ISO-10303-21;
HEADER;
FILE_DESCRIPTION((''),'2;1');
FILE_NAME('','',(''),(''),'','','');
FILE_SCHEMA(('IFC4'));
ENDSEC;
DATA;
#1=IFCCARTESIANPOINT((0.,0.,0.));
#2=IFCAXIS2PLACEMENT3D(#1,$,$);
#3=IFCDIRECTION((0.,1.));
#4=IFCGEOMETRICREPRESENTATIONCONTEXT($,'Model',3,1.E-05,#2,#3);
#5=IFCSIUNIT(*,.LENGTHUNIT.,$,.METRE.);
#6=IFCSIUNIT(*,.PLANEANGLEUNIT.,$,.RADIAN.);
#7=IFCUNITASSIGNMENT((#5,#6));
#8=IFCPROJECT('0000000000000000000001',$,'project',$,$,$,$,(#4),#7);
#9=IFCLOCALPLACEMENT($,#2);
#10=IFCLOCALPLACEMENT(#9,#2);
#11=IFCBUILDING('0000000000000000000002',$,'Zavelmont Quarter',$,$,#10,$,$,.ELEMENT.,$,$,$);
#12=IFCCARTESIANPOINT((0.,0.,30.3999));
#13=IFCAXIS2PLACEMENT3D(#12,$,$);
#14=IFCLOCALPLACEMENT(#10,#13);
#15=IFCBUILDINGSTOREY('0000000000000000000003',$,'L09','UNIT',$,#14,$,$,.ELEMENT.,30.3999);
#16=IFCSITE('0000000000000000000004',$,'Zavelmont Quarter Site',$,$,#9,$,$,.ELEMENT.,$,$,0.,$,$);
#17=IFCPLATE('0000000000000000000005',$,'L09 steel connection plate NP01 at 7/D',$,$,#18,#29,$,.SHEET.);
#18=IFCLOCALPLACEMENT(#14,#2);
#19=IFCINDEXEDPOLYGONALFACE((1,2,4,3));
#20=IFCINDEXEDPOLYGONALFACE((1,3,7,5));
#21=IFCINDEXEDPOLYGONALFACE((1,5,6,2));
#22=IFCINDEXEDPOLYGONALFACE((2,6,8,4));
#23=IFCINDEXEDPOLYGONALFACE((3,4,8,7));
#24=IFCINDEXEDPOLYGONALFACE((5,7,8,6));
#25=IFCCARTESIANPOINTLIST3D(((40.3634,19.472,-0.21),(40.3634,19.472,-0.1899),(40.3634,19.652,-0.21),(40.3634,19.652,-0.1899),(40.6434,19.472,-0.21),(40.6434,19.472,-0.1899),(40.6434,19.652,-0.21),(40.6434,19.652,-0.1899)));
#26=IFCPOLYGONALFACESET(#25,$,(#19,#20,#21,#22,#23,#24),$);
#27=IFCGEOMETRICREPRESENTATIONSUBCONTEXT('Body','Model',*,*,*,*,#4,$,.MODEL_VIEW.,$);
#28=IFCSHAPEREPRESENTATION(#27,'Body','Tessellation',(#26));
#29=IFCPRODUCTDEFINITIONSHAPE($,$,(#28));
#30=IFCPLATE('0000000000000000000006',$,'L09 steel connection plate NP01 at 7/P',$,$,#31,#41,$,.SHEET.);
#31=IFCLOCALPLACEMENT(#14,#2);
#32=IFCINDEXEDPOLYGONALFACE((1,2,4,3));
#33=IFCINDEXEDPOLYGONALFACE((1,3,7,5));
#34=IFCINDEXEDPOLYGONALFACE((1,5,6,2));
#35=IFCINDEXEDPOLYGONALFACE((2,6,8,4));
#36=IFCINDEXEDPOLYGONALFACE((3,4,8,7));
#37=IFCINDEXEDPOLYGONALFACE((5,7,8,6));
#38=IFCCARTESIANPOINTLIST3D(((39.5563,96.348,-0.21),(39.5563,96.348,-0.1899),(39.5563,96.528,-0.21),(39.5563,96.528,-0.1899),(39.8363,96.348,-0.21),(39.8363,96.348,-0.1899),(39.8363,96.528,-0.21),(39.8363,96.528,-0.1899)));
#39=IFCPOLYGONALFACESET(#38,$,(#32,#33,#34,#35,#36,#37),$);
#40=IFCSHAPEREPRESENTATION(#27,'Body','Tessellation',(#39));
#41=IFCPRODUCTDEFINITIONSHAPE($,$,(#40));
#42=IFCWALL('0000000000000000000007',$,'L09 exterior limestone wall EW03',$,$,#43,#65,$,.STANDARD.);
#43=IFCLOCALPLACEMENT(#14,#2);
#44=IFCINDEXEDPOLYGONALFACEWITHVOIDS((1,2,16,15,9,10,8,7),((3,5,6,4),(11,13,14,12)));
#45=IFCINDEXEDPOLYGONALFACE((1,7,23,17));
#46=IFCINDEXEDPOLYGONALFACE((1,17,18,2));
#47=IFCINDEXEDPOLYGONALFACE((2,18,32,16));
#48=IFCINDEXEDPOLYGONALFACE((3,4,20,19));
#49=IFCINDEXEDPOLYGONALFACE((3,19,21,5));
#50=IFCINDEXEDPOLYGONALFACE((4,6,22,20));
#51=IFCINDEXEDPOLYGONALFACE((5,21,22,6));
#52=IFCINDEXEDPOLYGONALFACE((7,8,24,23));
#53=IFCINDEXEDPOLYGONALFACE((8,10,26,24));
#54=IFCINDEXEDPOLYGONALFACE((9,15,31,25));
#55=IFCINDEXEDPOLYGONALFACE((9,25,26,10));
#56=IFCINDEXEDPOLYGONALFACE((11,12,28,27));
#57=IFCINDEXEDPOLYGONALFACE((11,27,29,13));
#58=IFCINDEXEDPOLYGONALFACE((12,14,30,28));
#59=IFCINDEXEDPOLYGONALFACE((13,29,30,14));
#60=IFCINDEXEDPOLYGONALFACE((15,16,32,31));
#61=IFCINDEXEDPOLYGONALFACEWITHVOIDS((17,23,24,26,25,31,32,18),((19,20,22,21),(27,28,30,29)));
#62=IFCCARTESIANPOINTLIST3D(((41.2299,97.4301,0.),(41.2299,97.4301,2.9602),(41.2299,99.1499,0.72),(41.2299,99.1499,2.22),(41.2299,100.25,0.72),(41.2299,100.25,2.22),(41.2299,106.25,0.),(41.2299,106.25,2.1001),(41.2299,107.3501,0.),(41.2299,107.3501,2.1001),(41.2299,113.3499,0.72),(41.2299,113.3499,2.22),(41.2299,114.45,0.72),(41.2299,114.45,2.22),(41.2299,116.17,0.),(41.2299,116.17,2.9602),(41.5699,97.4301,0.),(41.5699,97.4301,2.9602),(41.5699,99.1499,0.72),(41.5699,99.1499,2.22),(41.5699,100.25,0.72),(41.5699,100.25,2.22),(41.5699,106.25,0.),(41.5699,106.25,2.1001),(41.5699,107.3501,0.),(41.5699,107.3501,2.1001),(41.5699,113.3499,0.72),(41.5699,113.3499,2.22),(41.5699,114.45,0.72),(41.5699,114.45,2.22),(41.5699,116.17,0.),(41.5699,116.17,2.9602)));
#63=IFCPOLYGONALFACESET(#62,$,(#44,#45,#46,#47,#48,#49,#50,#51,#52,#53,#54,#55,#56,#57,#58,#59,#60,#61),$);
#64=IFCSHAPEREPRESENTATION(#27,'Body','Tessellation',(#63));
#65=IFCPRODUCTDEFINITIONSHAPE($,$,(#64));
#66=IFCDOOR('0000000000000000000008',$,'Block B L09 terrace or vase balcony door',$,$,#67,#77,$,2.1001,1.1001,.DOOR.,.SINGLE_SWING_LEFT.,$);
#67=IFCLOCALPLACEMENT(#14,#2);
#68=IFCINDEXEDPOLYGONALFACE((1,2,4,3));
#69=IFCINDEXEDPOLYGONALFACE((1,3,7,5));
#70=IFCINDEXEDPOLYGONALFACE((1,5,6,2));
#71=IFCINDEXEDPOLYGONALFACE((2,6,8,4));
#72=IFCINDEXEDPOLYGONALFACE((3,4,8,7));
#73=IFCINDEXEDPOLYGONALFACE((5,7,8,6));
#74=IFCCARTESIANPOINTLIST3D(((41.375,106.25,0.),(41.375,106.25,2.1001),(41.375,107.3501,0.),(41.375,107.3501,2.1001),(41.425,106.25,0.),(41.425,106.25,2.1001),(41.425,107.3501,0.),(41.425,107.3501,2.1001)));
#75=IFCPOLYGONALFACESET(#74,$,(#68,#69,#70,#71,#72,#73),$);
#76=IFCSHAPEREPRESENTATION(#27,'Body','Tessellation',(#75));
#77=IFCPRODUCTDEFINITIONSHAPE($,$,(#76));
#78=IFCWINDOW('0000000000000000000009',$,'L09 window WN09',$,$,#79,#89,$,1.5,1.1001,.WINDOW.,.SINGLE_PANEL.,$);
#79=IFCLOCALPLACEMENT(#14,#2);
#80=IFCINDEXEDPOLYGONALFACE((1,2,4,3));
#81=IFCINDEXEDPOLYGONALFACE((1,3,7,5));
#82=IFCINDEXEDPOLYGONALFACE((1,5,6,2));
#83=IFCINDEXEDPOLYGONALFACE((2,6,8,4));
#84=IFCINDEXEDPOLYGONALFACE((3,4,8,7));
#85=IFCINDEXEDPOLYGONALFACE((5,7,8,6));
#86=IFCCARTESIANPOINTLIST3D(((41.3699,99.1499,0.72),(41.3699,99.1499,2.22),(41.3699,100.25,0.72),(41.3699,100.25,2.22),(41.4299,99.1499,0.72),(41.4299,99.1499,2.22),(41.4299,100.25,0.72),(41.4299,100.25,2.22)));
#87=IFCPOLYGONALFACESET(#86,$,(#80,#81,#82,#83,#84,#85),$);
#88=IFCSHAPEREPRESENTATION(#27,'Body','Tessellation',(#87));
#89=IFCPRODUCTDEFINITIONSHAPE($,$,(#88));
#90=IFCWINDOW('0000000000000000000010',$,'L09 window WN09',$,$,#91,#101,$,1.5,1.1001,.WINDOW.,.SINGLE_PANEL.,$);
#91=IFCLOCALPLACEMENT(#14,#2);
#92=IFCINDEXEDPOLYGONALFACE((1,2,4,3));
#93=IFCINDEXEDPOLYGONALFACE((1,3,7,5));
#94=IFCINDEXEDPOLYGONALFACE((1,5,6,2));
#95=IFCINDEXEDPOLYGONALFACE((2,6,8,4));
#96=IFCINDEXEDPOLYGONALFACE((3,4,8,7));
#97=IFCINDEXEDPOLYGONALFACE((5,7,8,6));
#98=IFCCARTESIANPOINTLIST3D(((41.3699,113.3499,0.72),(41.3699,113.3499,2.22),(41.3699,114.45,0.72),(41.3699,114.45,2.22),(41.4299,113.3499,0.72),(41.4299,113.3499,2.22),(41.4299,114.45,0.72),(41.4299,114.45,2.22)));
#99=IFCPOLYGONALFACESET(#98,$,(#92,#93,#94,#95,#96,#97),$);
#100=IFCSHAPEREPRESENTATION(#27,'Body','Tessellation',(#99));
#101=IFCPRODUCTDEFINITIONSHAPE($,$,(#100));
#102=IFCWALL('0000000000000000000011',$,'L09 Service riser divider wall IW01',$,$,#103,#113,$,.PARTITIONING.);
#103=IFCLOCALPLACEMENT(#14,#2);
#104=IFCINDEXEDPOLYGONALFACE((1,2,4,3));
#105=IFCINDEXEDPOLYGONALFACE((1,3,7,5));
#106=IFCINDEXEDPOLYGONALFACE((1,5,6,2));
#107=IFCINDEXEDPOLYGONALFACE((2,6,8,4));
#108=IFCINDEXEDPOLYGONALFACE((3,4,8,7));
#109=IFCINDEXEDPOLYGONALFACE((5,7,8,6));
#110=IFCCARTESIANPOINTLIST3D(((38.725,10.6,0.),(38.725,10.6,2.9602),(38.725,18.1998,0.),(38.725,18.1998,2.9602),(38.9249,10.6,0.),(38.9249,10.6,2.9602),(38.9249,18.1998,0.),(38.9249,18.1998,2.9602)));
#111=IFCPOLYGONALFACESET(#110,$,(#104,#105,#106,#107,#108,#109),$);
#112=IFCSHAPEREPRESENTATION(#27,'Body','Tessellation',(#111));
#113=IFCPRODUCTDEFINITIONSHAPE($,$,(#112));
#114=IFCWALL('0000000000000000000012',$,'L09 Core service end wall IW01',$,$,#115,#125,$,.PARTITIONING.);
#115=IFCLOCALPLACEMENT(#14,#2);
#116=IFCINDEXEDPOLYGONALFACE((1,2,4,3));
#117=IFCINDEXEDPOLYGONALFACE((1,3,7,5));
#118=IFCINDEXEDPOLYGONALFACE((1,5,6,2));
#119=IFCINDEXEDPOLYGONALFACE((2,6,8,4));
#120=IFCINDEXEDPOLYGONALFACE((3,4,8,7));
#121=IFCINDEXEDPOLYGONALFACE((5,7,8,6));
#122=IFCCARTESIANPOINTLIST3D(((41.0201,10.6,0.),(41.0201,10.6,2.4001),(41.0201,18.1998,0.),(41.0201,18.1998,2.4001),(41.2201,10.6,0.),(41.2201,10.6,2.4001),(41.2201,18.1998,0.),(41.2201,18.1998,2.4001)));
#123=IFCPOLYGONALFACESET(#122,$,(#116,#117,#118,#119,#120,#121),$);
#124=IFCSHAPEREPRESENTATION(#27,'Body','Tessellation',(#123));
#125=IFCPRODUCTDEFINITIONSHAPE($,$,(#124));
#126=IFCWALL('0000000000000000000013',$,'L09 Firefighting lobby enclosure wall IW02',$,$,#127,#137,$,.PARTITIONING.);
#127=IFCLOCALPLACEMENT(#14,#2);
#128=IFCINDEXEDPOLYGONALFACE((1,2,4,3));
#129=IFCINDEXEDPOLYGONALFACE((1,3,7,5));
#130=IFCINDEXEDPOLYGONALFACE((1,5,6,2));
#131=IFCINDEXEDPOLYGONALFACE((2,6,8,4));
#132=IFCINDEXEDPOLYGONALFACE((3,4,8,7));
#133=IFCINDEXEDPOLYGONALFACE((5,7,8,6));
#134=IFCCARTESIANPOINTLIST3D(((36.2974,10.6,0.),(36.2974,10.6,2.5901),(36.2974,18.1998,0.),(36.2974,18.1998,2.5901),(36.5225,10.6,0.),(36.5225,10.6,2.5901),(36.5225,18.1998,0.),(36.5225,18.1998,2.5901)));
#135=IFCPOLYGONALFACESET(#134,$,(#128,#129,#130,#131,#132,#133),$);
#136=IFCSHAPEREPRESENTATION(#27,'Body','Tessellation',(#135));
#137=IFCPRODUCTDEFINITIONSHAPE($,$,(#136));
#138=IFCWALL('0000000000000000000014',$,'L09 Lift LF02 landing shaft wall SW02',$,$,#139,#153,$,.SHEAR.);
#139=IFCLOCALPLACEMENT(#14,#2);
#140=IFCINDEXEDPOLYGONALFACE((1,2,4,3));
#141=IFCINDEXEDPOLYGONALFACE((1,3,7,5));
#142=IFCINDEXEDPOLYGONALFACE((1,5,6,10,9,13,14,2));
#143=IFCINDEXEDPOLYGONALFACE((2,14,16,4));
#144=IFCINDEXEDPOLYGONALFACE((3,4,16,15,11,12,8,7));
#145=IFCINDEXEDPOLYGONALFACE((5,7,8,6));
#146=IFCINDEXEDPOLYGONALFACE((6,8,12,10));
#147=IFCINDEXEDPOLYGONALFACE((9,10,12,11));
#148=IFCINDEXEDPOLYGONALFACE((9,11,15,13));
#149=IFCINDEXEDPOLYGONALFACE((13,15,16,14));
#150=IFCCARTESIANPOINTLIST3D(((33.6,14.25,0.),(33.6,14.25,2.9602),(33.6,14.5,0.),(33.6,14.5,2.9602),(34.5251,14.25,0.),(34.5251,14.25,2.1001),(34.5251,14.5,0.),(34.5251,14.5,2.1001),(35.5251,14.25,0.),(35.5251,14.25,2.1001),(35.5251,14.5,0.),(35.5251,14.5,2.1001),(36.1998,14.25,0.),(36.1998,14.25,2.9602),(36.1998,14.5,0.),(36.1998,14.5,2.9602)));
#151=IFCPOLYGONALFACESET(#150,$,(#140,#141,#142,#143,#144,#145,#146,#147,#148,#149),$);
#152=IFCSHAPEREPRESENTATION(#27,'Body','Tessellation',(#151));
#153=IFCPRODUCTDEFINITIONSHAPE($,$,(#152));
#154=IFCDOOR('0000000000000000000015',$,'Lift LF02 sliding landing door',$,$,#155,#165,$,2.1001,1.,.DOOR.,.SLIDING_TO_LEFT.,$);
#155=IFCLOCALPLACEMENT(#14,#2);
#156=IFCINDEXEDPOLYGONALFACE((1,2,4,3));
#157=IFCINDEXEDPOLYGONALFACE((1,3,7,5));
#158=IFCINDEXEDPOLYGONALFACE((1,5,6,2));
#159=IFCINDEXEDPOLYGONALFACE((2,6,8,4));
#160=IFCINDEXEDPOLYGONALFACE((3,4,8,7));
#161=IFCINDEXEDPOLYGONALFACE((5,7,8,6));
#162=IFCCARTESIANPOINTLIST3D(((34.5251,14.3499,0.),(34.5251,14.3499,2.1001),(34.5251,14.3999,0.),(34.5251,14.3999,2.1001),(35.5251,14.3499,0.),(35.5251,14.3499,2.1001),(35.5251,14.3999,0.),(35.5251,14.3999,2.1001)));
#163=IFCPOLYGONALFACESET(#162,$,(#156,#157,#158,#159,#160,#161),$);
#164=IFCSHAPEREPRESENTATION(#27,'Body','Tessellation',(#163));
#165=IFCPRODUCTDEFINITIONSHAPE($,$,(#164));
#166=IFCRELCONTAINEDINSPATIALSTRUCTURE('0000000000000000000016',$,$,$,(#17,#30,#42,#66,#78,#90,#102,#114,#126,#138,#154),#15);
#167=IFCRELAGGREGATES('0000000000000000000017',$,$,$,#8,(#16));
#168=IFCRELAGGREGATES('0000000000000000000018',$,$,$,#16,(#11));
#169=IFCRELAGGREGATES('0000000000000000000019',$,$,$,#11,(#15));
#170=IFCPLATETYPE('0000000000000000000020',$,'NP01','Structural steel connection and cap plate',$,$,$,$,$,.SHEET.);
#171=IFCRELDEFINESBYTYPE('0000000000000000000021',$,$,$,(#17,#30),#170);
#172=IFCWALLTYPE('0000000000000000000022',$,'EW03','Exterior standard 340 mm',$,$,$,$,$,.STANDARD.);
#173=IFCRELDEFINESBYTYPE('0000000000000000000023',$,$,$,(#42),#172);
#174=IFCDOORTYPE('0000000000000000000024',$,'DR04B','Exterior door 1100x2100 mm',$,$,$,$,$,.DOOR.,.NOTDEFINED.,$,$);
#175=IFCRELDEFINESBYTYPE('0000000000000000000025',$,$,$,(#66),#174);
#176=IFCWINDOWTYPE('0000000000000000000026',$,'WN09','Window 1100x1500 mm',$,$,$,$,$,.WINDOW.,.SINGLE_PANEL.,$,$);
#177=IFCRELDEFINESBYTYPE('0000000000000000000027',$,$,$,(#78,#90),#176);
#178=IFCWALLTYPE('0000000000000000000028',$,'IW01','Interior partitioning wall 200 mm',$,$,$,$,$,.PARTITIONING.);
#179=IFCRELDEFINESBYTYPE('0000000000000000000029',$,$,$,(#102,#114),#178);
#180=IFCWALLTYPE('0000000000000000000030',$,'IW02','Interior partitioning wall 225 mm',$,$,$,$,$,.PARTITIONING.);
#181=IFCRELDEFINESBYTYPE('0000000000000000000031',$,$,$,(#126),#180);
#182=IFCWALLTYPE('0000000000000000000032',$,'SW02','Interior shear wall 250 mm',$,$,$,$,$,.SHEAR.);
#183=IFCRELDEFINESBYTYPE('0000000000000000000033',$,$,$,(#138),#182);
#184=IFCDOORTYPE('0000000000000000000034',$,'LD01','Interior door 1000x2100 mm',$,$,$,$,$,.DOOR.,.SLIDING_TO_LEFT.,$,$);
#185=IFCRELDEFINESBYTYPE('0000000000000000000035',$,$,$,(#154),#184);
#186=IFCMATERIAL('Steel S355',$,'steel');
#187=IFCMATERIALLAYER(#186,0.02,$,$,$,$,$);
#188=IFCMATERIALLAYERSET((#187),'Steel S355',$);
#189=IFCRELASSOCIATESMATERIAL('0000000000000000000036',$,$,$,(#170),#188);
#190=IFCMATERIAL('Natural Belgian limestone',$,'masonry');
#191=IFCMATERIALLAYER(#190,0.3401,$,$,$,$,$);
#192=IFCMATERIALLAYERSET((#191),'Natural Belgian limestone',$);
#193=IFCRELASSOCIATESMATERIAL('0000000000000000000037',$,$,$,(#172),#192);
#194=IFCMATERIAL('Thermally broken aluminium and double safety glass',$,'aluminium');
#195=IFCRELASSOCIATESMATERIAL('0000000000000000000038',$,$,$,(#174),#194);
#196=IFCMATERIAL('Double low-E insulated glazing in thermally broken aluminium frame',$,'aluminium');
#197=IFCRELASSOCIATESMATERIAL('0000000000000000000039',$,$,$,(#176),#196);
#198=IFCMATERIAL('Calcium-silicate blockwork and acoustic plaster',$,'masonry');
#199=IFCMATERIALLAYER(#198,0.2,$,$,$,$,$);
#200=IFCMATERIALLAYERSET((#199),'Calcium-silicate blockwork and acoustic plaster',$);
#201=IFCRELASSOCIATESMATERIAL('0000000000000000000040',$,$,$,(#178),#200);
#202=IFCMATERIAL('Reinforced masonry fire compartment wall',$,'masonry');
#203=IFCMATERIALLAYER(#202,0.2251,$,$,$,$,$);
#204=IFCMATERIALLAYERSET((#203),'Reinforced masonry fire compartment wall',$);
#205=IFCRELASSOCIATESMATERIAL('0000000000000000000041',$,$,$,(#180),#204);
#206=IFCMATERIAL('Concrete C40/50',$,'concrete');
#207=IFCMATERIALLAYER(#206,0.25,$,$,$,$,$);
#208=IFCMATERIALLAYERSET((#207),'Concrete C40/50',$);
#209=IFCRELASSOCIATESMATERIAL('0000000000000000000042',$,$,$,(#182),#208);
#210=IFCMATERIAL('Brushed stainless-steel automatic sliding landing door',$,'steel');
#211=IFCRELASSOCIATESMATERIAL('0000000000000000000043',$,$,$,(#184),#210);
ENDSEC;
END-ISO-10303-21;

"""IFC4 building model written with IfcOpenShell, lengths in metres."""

from ifc_helpers import new_model, si_unit, direction, frame, frame_2d, origin, origin_with_axes, origin_2d, place, context, subcontext, project, spatial, rectangle, extrude, material, layer, layer_set, type_object, element, fill, save


model = new_model("IFC4")

# Units and contexts
model_context = context("Model", 3, precision=1e-05, world=origin(), true_north=direction((0.0, 1.0)))
body_context = subcontext(model_context, "Body", "Model", "MODEL_VIEW")
ifc_project = project(units=[si_unit("LENGTHUNIT", "METRE"), si_unit("PLANEANGLEUNIT", "RADIAN")], contexts=[model_context])

# Site, building, storey
site_placement = place(None, origin())
site = spatial("IfcSite", under=ifc_project, at=site_placement, Name="Zavelmont Quarter Site", CompositionType="ELEMENT", RefElevation=0.0)
building_placement = place(site_placement, origin())
building = spatial("IfcBuilding", under=site, at=building_placement, Name="Zavelmont Quarter", CompositionType="ELEMENT")
storey_placement = place(building_placement, frame((0.0, 0.0, 30.3999)))
storey = spatial("IfcBuildingStorey", under=building, at=storey_placement, Name="L09", Description="UNIT", CompositionType="ELEMENT", Elevation=30.3999)

# Shared definitions
ifc_material_1 = material(Name="Concrete C40/50", Category="concrete")

# Plates
ifc_material_2 = material(Name="Steel S355", Category="steel")
ifc_layer_1 = layer(ifc_material_2, 0.02)
ifc_layer_set_1 = layer_set([ifc_layer_1], Name="Steel S355")
plate_type = type_object("IfcPlateType", Name="NP01", Description="Structural steel connection and cap plate", PredefinedType="SHEET", material=ifc_layer_set_1)
for number, where, z_axis, x_axis, name in (
    (1, (40.5034, 19.562, -0.21), (0.0, 0.0, 1.0), (1.0, 0.0, 0.0), "L09 steel connection plate NP01 at 7/D"),
    (2, (39.6963, 96.438, -0.21), (0.0, 0.0, 1.0), (1.0, 0.0, 0.0), "L09 steel connection plate NP01 at 7/P"),
):
    element("IfcPlate", number, at=place(storey_placement, frame(where, z_axis=z_axis, x_axis=x_axis)), inside=storey, type_object=plate_type, Name=name, PredefinedType="SHEET", context=body_context, shape_type="SweptSolid", body=[
        extrude(rectangle(XDim=0.28, YDim=0.1799, at=origin_2d()), origin(), (0.0, 0.0, 1.0), 0.02),
    ])

# Wall, openings, door, windows
ifc_material_3 = material(Name="Natural Belgian limestone", Category="masonry")
ifc_layer_2 = layer(ifc_material_3, 0.3401)
ifc_layer_set_2 = layer_set([ifc_layer_2], Name="Natural Belgian limestone")
wall_type_1 = type_object("IfcWallType", Name="EW03", Description="Exterior standard 340 mm", PredefinedType="STANDARD", material=ifc_layer_set_2)
wall_1_placement = place(storey_placement, frame((41.3999, 97.4299, 0.0), z_axis=(0.0, 0.0, 1.0), x_axis=(0.0, 1.0, 0.0)))
wall_1 = element("IfcWall", 3, at=wall_1_placement, inside=storey, type_object=wall_type_1, Name="L09 exterior limestone wall EW03", PredefinedType="STANDARD", context=body_context, shape_type="SweptSolid", body=[
    extrude(rectangle(XDim=18.74, YDim=0.3401, at=frame_2d((9.3701, 0.0))), origin(), (0.0, 0.0, 1.0), 2.9602),
])
opening_1_placement = place(wall_1_placement, frame((8.8201, 0.0, 0.0)))
opening_1 = element("IfcOpeningElement", 4, at=opening_1_placement, cuts=wall_1, PredefinedType="OPENING", context=body_context, shape_type="SweptSolid", body=[
    extrude(rectangle(XDim=1.1001, YDim=2.1001, at=frame_2d((0.55, 1.05))), frame((0.0, 0.1821, 0.0), z_axis=(0.0, -1.0, 0.0), x_axis=(1.0, 0.0, 0.0)), (0.0, 0.0, 1.0), 0.364),
])
opening_2_placement = place(wall_1_placement, frame((1.72, 0.0, 0.72)))
opening_2 = element("IfcOpeningElement", 5, at=opening_2_placement, cuts=wall_1, PredefinedType="OPENING", context=body_context, shape_type="SweptSolid", body=[
    extrude(rectangle(XDim=1.1001, YDim=1.5, at=frame_2d((0.55, 0.75))), frame((0.0, 0.1821, 0.0), z_axis=(0.0, -1.0, 0.0), x_axis=(1.0, 0.0, 0.0)), (0.0, 0.0, 1.0), 0.364),
])
opening_3_placement = place(wall_1_placement, frame((15.9199, 0.0, 0.72)))
opening_3 = element("IfcOpeningElement", 6, at=opening_3_placement, cuts=wall_1, PredefinedType="OPENING", context=body_context, shape_type="SweptSolid", body=[
    extrude(rectangle(XDim=1.1001, YDim=1.5, at=frame_2d((0.55, 0.75))), frame((0.0, 0.1821, 0.0), z_axis=(0.0, -1.0, 0.0), x_axis=(1.0, 0.0, 0.0)), (0.0, 0.0, 1.0), 0.364),
])
ifc_material_4 = material(Name="Thermally broken aluminium and double safety glass", Category="aluminium")
door_type_1 = type_object("IfcDoorType", Name="DR04B", Description="Exterior door 1100x2100 mm", OperationType="NOTDEFINED", PredefinedType="DOOR", material=ifc_material_4)
door_1_placement = place(opening_1_placement, origin_with_axes())
door_1 = element("IfcDoor", 7, at=door_1_placement, inside=storey, type_object=door_type_1, Name="Block B L09 terrace or vase balcony door", OperationType="SINGLE_SWING_LEFT", OverallHeight=2.1001, OverallWidth=1.1001, PredefinedType="DOOR", context=body_context, shape_type="SweptSolid", body=[
    extrude(rectangle(XDim=1.1001, YDim=2.1001, at=frame_2d((0.55, 1.05))), frame((0.0, 0.0249, 0.0), z_axis=(0.0, -1.0, 0.0), x_axis=(1.0, 0.0, 0.0)), (0.0, 0.0, 1.0), 0.05),
])
fill(opening_1, door_1)
ifc_material_5 = material(Name="Double low-E insulated glazing in thermally broken aluminium frame", Category="aluminium")
window_type = type_object("IfcWindowType", Name="WN09", Description="Window 1100x1500 mm", PartitioningType="SINGLE_PANEL", PredefinedType="WINDOW", material=ifc_material_5)
window_1_placement = place(opening_2_placement, origin_with_axes())
window_1 = element("IfcWindow", 8, at=window_1_placement, inside=storey, type_object=window_type, Name="L09 window WN09", OverallHeight=1.5, OverallWidth=1.1001, PartitioningType="SINGLE_PANEL", PredefinedType="WINDOW", context=body_context, shape_type="SweptSolid", body=[
    extrude(rectangle(XDim=1.1001, YDim=1.5, at=frame_2d((0.55, 0.75))), frame((0.0, 0.03, 0.0), z_axis=(0.0, -1.0, 0.0), x_axis=(1.0, 0.0, 0.0)), (0.0, 0.0, 1.0), 0.0601),
])
fill(opening_2, window_1)
window_2_placement = place(opening_3_placement, origin_with_axes())
window_2 = element("IfcWindow", 9, at=window_2_placement, inside=storey, type_object=window_type, Name="L09 window WN09", OverallHeight=1.5, OverallWidth=1.1001, PartitioningType="SINGLE_PANEL", PredefinedType="WINDOW", context=body_context, shape_type="SweptSolid", body=[
    extrude(rectangle(XDim=1.1001, YDim=1.5, at=frame_2d((0.55, 0.75))), frame((0.0, 0.03, 0.0), z_axis=(0.0, -1.0, 0.0), x_axis=(1.0, 0.0, 0.0)), (0.0, 0.0, 1.0), 0.0601),
])
fill(opening_3, window_2)

# Walls
ifc_material_6 = material(Name="Calcium-silicate blockwork and acoustic plaster", Category="masonry")
ifc_layer_3 = layer(ifc_material_6, 0.2)
ifc_layer_set_3 = layer_set([ifc_layer_3], Name="Calcium-silicate blockwork and acoustic plaster")
wall_type_2 = type_object("IfcWallType", Name="IW01", Description="Interior partitioning wall 200 mm", PredefinedType="PARTITIONING", material=ifc_layer_set_3)
wall_2_placement = place(storey_placement, frame((38.825, 10.6001, 0.0), z_axis=(0.0, 0.0, 1.0), x_axis=(0.0, 1.0, 0.0)))
element("IfcWall", 10, at=wall_2_placement, inside=storey, type_object=wall_type_2, Name="L09 Service riser divider wall IW01", PredefinedType="PARTITIONING", context=body_context, shape_type="SweptSolid", body=[
    extrude(rectangle(XDim=7.5999, YDim=0.2, at=frame_2d((3.7998, 0.0))), origin(), (0.0, 0.0, 1.0), 2.9602),
])
wall_3_placement = place(storey_placement, frame((41.1201, 10.6001, 0.0), z_axis=(0.0, 0.0, 1.0), x_axis=(0.0, 1.0, 0.0)))
element("IfcWall", 11, at=wall_3_placement, inside=storey, type_object=wall_type_2, Name="L09 Core service end wall IW01", PredefinedType="PARTITIONING", context=body_context, shape_type="SweptSolid", body=[
    extrude(rectangle(XDim=7.5999, YDim=0.2, at=frame_2d((3.7998, 0.0))), origin(), (0.0, 0.0, 1.0), 2.4001),
])
ifc_material_7 = material(Name="Reinforced masonry fire compartment wall", Category="masonry")
ifc_layer_4 = layer(ifc_material_7, 0.2251)
ifc_layer_set_4 = layer_set([ifc_layer_4], Name="Reinforced masonry fire compartment wall")
wall_type_3 = type_object("IfcWallType", Name="IW02", Description="Interior partitioning wall 225 mm", PredefinedType="PARTITIONING", material=ifc_layer_set_4)
wall_4_placement = place(storey_placement, frame((36.4099, 10.6001, 0.0), z_axis=(0.0, 0.0, 1.0), x_axis=(0.0, 1.0, 0.0)))
element("IfcWall", 12, at=wall_4_placement, inside=storey, type_object=wall_type_3, Name="L09 Firefighting lobby enclosure wall IW02", PredefinedType="PARTITIONING", context=body_context, shape_type="SweptSolid", body=[
    extrude(rectangle(XDim=7.5999, YDim=0.2251, at=frame_2d((3.7998, 0.0))), origin(), (0.0, 0.0, 1.0), 2.5901),
])

# Wall, opening, door
ifc_layer_5 = layer(ifc_material_1, 0.25)
ifc_layer_set_5 = layer_set([ifc_layer_5], Name="Concrete C40/50")
wall_type_4 = type_object("IfcWallType", Name="SW02", Description="Interior shear wall 250 mm", PredefinedType="SHEAR", material=ifc_layer_set_5)
wall_5_placement = place(storey_placement, frame((33.6001, 14.375, 0.0), z_axis=(0.0, 0.0, 1.0), x_axis=(1.0, 0.0, 0.0)))
wall_5 = element("IfcWall", 13, at=wall_5_placement, inside=storey, type_object=wall_type_4, Name="L09 Lift LF02 landing shaft wall SW02", PredefinedType="SHEAR", context=body_context, shape_type="SweptSolid", body=[
    extrude(rectangle(XDim=2.5999, YDim=0.25, at=frame_2d((1.2998, 0.0))), origin(), (0.0, 0.0, 1.0), 2.9602),
])
opening_4_placement = place(wall_5_placement, frame((0.925, 0.0, 0.0)))
opening_4 = element("IfcOpeningElement", 14, at=opening_4_placement, cuts=wall_5, PredefinedType="OPENING", context=body_context, shape_type="SweptSolid", body=[
    extrude(rectangle(XDim=1.0, YDim=2.1001, at=frame_2d((0.5, 1.05))), frame((0.0, 0.137, 0.0), z_axis=(0.0, -1.0, 0.0), x_axis=(1.0, 0.0, 0.0)), (0.0, 0.0, 1.0), 0.2739),
])
ifc_material_8 = material(Name="Brushed stainless-steel automatic sliding landing door", Category="steel")
door_type_2 = type_object("IfcDoorType", Name="LD01", Description="Interior door 1000x2100 mm", OperationType="SLIDING_TO_LEFT", PredefinedType="DOOR", material=ifc_material_8)
door_2_placement = place(opening_4_placement, origin_with_axes())
door_2 = element("IfcDoor", 15, at=door_2_placement, inside=storey, type_object=door_type_2, Name="Lift LF02 sliding landing door", OperationType="SLIDING_TO_LEFT", OverallHeight=2.1001, OverallWidth=1.0, PredefinedType="DOOR", context=body_context, shape_type="SweptSolid", body=[
    extrude(rectangle(XDim=1.0, YDim=2.1001, at=frame_2d((0.5, 1.05))), frame((0.0, 0.0249, 0.0), z_axis=(0.0, -1.0, 0.0), x_axis=(1.0, 0.0, 0.0)), (0.0, 0.0, 1.0), 0.05),
])
fill(opening_4, door_2)

save(model, "model.ifc")
